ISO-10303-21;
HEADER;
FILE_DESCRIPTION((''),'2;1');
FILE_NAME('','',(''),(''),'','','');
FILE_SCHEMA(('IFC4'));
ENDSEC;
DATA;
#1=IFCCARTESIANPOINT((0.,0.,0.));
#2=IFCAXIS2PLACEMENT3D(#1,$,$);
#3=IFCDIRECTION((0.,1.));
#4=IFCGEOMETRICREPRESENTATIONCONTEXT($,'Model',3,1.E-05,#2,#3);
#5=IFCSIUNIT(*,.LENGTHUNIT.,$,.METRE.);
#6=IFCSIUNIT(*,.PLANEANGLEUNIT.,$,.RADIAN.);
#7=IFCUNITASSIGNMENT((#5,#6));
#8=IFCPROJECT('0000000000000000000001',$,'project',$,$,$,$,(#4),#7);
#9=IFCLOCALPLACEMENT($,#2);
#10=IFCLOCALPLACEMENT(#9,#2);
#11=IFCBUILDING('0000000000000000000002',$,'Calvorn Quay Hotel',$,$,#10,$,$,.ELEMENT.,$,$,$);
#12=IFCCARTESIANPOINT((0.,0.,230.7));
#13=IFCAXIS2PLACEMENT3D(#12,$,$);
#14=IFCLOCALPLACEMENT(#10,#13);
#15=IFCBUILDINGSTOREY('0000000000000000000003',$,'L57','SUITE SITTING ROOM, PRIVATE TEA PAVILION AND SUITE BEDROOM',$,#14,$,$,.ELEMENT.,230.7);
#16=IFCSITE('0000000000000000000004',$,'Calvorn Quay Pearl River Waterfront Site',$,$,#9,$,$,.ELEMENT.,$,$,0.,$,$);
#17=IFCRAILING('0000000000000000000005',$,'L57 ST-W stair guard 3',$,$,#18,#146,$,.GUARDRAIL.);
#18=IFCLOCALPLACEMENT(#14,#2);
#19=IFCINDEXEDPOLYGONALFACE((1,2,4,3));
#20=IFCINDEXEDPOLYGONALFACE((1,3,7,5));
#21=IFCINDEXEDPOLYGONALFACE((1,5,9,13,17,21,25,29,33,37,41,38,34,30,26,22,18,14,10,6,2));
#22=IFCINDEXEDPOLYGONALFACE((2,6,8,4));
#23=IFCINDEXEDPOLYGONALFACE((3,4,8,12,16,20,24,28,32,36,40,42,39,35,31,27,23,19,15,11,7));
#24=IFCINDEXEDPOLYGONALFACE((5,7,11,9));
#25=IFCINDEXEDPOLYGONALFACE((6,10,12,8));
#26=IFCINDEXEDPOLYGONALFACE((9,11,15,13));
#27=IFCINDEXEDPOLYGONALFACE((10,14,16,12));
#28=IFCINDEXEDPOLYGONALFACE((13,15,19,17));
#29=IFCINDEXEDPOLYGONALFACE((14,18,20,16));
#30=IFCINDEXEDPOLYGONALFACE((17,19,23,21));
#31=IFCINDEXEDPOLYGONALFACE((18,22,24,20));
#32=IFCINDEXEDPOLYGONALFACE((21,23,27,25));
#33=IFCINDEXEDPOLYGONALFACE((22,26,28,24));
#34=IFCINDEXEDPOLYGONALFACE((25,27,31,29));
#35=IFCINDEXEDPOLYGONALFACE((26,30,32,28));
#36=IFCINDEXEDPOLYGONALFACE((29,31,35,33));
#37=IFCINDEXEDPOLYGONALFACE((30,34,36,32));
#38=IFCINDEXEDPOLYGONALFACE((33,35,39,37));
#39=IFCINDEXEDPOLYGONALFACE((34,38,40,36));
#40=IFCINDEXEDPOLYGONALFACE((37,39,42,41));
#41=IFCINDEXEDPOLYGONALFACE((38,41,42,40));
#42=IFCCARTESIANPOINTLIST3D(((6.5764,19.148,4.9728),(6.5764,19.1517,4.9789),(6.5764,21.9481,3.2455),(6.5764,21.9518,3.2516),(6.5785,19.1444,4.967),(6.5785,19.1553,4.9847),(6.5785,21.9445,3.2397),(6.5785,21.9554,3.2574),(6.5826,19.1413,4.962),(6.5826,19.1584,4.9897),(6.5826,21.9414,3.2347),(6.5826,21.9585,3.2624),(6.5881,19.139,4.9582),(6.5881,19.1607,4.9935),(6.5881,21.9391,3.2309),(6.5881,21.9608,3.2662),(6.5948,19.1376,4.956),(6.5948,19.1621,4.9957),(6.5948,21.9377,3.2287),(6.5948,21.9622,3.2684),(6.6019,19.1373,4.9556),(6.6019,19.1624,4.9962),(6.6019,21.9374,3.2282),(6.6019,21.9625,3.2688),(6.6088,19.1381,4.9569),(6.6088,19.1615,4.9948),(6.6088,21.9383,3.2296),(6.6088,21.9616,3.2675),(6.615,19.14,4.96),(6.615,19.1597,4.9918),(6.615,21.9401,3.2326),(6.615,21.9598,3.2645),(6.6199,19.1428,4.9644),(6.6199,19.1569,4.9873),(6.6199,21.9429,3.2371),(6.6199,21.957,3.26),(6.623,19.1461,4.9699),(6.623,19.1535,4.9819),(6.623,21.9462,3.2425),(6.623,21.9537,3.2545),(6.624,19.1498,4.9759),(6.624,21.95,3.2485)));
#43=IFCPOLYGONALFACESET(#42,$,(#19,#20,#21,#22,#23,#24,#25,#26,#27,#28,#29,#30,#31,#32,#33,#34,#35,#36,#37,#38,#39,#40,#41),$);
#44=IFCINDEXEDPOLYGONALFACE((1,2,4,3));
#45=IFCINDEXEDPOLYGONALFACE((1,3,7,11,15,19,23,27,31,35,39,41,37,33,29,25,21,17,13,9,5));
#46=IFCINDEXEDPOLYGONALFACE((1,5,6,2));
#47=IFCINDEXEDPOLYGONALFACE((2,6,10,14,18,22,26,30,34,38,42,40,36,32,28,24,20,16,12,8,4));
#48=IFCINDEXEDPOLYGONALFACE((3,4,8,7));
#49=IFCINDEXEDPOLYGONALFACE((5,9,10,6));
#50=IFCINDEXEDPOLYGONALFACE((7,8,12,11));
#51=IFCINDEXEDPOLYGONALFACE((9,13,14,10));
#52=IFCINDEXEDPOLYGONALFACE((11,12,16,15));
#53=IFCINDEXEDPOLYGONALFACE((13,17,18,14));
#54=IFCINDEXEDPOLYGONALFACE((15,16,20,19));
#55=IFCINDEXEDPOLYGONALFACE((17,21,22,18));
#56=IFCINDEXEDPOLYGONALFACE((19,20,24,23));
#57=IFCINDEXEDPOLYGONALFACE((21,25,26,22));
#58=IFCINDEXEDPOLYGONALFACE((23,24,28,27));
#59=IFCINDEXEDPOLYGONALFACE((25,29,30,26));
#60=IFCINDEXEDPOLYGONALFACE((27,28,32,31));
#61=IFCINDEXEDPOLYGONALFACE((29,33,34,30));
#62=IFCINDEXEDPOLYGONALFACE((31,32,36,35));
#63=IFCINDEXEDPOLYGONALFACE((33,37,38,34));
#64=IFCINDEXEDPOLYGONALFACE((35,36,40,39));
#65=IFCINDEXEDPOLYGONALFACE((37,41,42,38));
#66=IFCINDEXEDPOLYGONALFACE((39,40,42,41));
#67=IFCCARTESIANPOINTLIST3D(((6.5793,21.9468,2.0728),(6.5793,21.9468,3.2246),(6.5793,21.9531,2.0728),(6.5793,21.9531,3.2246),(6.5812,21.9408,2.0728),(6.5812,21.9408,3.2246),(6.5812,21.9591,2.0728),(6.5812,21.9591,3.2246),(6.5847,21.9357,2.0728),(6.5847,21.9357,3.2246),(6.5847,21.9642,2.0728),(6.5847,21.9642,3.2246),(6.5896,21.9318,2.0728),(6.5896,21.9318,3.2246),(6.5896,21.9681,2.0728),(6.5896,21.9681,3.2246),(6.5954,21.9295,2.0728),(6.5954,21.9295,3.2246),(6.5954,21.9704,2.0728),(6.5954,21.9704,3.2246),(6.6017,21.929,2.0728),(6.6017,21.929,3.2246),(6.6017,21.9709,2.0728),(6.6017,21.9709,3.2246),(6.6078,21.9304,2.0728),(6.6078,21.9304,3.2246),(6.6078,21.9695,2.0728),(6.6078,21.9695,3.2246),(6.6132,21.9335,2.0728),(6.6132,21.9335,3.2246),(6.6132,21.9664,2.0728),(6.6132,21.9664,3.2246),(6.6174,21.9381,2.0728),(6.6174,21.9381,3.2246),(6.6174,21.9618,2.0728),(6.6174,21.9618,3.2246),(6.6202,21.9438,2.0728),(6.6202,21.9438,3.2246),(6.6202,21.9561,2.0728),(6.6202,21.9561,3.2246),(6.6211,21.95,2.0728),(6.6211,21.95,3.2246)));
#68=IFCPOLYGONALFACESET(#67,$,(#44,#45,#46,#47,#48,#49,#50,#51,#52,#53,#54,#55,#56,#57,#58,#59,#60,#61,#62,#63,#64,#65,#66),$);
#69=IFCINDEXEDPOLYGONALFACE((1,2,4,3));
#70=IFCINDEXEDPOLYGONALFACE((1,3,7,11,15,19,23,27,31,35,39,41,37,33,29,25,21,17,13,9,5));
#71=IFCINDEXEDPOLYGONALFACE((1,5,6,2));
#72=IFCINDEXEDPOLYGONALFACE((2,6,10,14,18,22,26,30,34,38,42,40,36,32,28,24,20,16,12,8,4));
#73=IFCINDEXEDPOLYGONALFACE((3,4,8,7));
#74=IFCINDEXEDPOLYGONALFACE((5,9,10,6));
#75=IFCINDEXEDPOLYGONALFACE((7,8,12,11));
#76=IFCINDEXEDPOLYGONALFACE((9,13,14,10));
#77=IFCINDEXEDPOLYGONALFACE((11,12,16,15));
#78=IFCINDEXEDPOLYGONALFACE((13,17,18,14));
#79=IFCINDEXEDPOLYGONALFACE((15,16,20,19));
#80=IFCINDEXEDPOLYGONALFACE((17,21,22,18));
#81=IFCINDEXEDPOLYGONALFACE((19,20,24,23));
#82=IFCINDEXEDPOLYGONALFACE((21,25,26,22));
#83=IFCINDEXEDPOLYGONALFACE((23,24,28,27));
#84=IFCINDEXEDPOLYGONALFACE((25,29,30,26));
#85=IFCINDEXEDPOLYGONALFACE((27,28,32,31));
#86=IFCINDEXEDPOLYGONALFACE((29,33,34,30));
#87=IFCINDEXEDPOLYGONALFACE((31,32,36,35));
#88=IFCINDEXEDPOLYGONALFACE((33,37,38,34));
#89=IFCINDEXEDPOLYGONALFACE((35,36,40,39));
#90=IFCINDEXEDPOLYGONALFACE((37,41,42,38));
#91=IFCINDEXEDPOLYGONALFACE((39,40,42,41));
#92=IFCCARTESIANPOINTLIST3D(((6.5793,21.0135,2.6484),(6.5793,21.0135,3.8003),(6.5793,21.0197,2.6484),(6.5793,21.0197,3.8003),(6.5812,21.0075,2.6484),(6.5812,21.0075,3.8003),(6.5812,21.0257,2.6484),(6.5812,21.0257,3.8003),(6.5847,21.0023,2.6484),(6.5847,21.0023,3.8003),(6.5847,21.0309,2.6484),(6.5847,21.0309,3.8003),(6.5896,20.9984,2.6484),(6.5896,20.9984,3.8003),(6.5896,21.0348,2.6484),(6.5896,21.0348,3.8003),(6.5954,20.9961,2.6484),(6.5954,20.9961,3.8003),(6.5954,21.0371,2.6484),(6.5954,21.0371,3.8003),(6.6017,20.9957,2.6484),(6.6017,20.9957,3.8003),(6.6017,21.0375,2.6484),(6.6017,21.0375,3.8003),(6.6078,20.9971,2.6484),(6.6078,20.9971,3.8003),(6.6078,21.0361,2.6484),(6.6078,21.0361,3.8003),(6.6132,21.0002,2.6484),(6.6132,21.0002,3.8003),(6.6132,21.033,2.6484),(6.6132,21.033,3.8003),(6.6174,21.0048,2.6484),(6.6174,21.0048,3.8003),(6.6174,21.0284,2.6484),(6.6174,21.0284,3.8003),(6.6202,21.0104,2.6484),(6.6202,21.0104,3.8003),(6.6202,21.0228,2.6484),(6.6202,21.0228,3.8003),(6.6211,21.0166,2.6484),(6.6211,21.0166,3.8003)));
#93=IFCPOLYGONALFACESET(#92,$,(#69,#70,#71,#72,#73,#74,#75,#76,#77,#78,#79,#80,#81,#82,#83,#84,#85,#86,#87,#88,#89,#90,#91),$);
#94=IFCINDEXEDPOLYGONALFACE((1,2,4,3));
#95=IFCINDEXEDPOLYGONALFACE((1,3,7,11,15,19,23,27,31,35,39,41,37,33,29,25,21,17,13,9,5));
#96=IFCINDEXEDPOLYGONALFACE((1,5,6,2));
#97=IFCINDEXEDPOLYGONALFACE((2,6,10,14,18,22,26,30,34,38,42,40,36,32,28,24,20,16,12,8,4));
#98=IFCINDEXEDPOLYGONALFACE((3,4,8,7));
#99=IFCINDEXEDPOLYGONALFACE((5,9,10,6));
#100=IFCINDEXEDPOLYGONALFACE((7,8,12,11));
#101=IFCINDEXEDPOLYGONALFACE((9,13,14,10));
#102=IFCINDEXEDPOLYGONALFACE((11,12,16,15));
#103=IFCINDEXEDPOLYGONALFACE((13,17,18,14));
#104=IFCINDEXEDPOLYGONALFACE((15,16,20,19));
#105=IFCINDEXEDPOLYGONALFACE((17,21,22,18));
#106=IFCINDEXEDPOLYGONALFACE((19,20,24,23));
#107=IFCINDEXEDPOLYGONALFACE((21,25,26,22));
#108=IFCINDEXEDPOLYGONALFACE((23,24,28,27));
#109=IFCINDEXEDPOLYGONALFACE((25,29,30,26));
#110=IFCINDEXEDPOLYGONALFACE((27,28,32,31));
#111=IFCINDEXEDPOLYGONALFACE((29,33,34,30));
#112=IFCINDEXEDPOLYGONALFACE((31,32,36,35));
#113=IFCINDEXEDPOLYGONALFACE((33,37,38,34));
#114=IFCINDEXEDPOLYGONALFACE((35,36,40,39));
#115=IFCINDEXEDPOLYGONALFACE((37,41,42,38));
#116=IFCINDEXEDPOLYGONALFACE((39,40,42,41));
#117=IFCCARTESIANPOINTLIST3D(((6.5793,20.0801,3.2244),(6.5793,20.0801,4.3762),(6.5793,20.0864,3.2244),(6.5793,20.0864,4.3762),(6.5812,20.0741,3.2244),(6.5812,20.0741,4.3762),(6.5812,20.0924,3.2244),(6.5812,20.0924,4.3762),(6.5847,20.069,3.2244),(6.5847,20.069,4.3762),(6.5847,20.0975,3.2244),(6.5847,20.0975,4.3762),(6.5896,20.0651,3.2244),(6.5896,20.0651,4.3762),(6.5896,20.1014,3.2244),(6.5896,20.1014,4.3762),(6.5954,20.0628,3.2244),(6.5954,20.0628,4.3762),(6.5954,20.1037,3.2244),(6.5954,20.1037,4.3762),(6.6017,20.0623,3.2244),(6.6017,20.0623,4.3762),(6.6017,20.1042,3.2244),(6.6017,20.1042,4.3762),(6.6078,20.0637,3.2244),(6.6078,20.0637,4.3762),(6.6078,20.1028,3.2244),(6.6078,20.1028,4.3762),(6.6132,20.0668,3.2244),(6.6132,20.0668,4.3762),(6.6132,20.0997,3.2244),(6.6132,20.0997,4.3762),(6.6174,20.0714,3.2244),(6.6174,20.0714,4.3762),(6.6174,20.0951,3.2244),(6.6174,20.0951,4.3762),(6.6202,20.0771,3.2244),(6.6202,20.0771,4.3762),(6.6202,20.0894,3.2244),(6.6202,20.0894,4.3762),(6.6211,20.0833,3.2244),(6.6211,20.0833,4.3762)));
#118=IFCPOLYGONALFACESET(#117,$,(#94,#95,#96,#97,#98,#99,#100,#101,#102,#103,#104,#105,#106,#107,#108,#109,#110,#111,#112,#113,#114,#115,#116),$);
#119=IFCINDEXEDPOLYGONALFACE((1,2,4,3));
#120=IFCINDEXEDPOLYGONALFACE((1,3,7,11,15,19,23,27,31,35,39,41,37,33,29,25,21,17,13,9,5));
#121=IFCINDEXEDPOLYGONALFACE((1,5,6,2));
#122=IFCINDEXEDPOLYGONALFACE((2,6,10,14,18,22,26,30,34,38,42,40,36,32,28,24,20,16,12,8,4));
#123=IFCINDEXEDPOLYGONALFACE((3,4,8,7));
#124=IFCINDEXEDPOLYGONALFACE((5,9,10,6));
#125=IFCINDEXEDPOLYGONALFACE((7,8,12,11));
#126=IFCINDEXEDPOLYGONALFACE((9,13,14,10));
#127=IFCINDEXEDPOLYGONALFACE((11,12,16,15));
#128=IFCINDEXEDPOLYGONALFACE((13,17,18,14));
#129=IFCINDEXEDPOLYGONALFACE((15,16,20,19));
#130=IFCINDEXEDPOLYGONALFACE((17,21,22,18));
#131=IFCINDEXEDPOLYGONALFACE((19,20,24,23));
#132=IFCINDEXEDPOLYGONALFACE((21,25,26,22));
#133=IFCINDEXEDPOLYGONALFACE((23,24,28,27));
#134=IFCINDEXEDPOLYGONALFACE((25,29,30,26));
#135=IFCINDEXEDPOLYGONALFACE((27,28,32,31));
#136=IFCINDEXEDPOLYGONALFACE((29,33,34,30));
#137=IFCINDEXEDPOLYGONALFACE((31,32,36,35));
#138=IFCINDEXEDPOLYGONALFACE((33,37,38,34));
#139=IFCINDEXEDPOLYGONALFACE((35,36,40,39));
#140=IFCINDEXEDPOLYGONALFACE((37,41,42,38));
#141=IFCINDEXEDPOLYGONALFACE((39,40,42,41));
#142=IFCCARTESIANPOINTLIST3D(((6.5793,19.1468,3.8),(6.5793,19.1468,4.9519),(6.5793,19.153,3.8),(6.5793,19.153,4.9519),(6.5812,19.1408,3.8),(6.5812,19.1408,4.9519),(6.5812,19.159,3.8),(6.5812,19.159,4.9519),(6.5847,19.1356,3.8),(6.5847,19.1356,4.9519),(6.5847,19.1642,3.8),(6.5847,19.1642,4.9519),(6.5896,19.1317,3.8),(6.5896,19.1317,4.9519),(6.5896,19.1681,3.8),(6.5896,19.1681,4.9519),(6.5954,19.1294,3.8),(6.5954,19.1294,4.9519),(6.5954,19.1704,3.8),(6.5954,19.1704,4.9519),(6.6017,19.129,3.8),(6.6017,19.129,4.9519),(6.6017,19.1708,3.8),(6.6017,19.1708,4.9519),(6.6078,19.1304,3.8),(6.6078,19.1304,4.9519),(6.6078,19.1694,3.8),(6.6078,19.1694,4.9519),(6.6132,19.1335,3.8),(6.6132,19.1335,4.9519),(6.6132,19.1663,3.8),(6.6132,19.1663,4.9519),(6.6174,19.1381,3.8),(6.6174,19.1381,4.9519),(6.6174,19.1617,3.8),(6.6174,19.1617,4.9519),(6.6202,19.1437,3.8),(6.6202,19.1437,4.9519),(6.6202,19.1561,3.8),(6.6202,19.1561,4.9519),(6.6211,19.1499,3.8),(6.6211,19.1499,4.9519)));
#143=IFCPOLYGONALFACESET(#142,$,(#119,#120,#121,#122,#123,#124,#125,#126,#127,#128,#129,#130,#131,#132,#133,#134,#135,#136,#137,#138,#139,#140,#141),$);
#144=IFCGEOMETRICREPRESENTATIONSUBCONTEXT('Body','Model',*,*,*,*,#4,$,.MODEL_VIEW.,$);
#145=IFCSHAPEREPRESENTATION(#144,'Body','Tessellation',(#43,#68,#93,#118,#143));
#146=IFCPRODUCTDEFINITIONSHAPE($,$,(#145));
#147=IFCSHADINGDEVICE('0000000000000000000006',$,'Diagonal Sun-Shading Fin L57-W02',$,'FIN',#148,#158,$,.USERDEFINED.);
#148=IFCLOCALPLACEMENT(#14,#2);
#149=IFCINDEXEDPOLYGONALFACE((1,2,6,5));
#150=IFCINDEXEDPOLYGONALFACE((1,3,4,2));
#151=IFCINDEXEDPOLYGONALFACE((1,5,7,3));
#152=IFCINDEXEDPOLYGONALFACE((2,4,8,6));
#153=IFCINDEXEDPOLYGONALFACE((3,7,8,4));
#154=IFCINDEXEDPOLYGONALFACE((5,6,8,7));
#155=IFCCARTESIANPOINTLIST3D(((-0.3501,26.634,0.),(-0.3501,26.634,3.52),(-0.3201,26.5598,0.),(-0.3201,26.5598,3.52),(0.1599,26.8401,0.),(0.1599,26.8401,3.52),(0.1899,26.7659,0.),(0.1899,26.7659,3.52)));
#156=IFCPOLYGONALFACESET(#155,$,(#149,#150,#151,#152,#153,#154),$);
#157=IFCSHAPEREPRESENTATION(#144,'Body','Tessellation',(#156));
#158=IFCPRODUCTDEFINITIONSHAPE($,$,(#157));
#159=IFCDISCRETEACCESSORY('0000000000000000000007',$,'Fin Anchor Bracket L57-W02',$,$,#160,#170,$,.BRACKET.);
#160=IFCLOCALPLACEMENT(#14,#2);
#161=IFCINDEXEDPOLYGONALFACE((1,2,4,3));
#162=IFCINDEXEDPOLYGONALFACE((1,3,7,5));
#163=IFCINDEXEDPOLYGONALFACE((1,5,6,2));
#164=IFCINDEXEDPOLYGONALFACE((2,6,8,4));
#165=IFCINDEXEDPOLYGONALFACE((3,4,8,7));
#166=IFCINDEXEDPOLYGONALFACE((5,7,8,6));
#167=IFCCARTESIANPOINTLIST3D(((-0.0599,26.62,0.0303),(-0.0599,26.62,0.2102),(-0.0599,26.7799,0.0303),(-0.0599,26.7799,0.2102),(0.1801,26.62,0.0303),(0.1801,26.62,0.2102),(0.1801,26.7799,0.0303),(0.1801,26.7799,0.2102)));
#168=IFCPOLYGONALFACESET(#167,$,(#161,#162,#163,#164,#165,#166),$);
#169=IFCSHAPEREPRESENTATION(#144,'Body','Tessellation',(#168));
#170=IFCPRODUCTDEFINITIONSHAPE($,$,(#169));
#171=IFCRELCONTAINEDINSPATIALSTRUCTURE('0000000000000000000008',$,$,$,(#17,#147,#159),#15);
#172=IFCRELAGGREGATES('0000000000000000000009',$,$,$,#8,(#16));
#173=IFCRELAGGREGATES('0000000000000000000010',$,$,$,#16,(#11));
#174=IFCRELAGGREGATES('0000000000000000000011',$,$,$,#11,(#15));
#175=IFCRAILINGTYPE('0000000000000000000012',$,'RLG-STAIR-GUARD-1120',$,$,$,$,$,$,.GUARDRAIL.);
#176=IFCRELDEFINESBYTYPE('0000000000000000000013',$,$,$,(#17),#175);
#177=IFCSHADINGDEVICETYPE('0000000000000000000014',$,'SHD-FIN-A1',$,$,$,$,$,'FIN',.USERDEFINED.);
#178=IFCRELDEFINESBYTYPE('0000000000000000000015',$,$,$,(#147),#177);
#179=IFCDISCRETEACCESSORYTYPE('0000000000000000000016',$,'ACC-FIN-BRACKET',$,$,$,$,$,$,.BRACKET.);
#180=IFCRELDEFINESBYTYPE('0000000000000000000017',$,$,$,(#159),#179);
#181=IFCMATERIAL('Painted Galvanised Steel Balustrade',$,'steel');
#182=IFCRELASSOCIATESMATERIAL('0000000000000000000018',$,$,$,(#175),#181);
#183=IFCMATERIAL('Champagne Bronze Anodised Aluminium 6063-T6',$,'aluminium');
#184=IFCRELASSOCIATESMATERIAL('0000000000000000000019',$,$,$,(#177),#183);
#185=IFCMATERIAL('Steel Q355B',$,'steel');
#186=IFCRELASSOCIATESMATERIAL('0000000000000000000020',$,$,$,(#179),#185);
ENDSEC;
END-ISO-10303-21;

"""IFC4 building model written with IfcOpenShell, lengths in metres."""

from ifc_helpers import new_model, si_unit, direction, frame, origin, origin_2d, place, context, subcontext, project, spatial, rectangle, circle, extrude, material, type_object, element, save


model = new_model("IFC4")

# Units and contexts
model_context = context("Model", 3, precision=1e-05, world=origin(), true_north=direction((0.0, 1.0)))
body_context = subcontext(model_context, "Body", "Model", "MODEL_VIEW")
ifc_project = project(units=[si_unit("LENGTHUNIT", "METRE"), si_unit("PLANEANGLEUNIT", "RADIAN")], contexts=[model_context])

# Site, building, storey
site_placement = place(None, origin())
site = spatial("IfcSite", under=ifc_project, at=site_placement, Name="Calvorn Quay Pearl River Waterfront Site", CompositionType="ELEMENT", RefElevation=0.0)
building_placement = place(site_placement, origin())
building = spatial("IfcBuilding", under=site, at=building_placement, Name="Calvorn Quay Hotel", CompositionType="ELEMENT")
storey_placement = place(building_placement, frame((0.0, 0.0, 230.7)))
storey = spatial("IfcBuildingStorey", under=building, at=storey_placement, Name="L57", Description="SUITE SITTING ROOM, PRIVATE TEA PAVILION AND SUITE BEDROOM", CompositionType="ELEMENT", Elevation=230.7)

# Railing
ifc_material_1 = material(Name="Painted Galvanised Steel Balustrade", Category="steel")
railing_type_1 = type_object("IfcRailingType", Name="RLG-STAIR-GUARD-1120", PredefinedType="GUARDRAIL", material=ifc_material_1)
railing_1_placement = place(storey_placement, frame((6.6001, 21.95, 2.0728)))
element("IfcRailing", 1, at=railing_1_placement, inside=storey, type_object=railing_type_1, Name="L57 ST-W stair guard 3", PredefinedType="GUARDRAIL", context=body_context, shape_type="SweptSolid", body=[
    extrude(circle(Radius=0.0239, at=origin_2d()), frame((0.0, 0.0, 1.1758), z_axis=(0.0, -0.85109, 0.52502), x_axis=(1.0, 0.0, 0.0)), (0.0, 0.0, 1.0), 3.29),
    extrude(circle(Radius=0.021, at=origin_2d()), origin(), (0.0, 0.0, 1.0), 1.1519),
    extrude(circle(Radius=0.021, at=origin_2d()), frame((0.0, -0.9333, 0.5757)), (0.0, 0.0, 1.0), 1.1519),
    extrude(circle(Radius=0.021, at=origin_2d()), frame((0.0, -1.8667, 1.1516)), (0.0, 0.0, 1.0), 1.1519),
    extrude(circle(Radius=0.021, at=origin_2d()), frame((0.0, -2.8, 1.7273)), (0.0, 0.0, 1.0), 1.1519),
])

# Shading device
ifc_material_2 = material(Name="Champagne Bronze Anodised Aluminium 6063-T6", Category="aluminium")
shading_device_type = type_object("IfcShadingDeviceType", Name="SHD-FIN-A1", ElementType="FIN", PredefinedType="USERDEFINED", material=ifc_material_2)
shading_device_placement = place(storey_placement, frame((-0.0801, 26.7, 0.0), z_axis=(0.0, 0.0, 1.0), x_axis=(0.927184, 0.374607, 0.0)))
element("IfcShadingDevice", 2, at=shading_device_placement, inside=storey, type_object=shading_device_type, Name="Diagonal Sun-Shading Fin L57-W02", ObjectType="FIN", PredefinedType="USERDEFINED", context=body_context, shape_type="SweptSolid", body=[
    extrude(rectangle(XDim=0.55, YDim=0.0801, at=origin_2d()), origin(), (0.0, 0.0, 1.0), 3.52),
])

# Discrete accessory
ifc_material_3 = material(Name="Steel Q355B", Category="steel")
discrete_accessory_type = type_object("IfcDiscreteAccessoryType", Name="ACC-FIN-BRACKET", PredefinedType="BRACKET", material=ifc_material_3)
discrete_accessory_placement = place(storey_placement, frame((0.0601, 26.7, 0.0303), z_axis=(0.0, 0.0, 1.0), x_axis=(1.0, 0.0, 0.0)))
element("IfcDiscreteAccessory", 3, at=discrete_accessory_placement, inside=storey, type_object=discrete_accessory_type, Name="Fin Anchor Bracket L57-W02", PredefinedType="BRACKET", context=body_context, shape_type="SweptSolid", body=[
    extrude(rectangle(XDim=0.24, YDim=0.1599, at=origin_2d()), origin(), (0.0, 0.0, 1.0), 0.1799),
])

save(model, "model.ifc")
